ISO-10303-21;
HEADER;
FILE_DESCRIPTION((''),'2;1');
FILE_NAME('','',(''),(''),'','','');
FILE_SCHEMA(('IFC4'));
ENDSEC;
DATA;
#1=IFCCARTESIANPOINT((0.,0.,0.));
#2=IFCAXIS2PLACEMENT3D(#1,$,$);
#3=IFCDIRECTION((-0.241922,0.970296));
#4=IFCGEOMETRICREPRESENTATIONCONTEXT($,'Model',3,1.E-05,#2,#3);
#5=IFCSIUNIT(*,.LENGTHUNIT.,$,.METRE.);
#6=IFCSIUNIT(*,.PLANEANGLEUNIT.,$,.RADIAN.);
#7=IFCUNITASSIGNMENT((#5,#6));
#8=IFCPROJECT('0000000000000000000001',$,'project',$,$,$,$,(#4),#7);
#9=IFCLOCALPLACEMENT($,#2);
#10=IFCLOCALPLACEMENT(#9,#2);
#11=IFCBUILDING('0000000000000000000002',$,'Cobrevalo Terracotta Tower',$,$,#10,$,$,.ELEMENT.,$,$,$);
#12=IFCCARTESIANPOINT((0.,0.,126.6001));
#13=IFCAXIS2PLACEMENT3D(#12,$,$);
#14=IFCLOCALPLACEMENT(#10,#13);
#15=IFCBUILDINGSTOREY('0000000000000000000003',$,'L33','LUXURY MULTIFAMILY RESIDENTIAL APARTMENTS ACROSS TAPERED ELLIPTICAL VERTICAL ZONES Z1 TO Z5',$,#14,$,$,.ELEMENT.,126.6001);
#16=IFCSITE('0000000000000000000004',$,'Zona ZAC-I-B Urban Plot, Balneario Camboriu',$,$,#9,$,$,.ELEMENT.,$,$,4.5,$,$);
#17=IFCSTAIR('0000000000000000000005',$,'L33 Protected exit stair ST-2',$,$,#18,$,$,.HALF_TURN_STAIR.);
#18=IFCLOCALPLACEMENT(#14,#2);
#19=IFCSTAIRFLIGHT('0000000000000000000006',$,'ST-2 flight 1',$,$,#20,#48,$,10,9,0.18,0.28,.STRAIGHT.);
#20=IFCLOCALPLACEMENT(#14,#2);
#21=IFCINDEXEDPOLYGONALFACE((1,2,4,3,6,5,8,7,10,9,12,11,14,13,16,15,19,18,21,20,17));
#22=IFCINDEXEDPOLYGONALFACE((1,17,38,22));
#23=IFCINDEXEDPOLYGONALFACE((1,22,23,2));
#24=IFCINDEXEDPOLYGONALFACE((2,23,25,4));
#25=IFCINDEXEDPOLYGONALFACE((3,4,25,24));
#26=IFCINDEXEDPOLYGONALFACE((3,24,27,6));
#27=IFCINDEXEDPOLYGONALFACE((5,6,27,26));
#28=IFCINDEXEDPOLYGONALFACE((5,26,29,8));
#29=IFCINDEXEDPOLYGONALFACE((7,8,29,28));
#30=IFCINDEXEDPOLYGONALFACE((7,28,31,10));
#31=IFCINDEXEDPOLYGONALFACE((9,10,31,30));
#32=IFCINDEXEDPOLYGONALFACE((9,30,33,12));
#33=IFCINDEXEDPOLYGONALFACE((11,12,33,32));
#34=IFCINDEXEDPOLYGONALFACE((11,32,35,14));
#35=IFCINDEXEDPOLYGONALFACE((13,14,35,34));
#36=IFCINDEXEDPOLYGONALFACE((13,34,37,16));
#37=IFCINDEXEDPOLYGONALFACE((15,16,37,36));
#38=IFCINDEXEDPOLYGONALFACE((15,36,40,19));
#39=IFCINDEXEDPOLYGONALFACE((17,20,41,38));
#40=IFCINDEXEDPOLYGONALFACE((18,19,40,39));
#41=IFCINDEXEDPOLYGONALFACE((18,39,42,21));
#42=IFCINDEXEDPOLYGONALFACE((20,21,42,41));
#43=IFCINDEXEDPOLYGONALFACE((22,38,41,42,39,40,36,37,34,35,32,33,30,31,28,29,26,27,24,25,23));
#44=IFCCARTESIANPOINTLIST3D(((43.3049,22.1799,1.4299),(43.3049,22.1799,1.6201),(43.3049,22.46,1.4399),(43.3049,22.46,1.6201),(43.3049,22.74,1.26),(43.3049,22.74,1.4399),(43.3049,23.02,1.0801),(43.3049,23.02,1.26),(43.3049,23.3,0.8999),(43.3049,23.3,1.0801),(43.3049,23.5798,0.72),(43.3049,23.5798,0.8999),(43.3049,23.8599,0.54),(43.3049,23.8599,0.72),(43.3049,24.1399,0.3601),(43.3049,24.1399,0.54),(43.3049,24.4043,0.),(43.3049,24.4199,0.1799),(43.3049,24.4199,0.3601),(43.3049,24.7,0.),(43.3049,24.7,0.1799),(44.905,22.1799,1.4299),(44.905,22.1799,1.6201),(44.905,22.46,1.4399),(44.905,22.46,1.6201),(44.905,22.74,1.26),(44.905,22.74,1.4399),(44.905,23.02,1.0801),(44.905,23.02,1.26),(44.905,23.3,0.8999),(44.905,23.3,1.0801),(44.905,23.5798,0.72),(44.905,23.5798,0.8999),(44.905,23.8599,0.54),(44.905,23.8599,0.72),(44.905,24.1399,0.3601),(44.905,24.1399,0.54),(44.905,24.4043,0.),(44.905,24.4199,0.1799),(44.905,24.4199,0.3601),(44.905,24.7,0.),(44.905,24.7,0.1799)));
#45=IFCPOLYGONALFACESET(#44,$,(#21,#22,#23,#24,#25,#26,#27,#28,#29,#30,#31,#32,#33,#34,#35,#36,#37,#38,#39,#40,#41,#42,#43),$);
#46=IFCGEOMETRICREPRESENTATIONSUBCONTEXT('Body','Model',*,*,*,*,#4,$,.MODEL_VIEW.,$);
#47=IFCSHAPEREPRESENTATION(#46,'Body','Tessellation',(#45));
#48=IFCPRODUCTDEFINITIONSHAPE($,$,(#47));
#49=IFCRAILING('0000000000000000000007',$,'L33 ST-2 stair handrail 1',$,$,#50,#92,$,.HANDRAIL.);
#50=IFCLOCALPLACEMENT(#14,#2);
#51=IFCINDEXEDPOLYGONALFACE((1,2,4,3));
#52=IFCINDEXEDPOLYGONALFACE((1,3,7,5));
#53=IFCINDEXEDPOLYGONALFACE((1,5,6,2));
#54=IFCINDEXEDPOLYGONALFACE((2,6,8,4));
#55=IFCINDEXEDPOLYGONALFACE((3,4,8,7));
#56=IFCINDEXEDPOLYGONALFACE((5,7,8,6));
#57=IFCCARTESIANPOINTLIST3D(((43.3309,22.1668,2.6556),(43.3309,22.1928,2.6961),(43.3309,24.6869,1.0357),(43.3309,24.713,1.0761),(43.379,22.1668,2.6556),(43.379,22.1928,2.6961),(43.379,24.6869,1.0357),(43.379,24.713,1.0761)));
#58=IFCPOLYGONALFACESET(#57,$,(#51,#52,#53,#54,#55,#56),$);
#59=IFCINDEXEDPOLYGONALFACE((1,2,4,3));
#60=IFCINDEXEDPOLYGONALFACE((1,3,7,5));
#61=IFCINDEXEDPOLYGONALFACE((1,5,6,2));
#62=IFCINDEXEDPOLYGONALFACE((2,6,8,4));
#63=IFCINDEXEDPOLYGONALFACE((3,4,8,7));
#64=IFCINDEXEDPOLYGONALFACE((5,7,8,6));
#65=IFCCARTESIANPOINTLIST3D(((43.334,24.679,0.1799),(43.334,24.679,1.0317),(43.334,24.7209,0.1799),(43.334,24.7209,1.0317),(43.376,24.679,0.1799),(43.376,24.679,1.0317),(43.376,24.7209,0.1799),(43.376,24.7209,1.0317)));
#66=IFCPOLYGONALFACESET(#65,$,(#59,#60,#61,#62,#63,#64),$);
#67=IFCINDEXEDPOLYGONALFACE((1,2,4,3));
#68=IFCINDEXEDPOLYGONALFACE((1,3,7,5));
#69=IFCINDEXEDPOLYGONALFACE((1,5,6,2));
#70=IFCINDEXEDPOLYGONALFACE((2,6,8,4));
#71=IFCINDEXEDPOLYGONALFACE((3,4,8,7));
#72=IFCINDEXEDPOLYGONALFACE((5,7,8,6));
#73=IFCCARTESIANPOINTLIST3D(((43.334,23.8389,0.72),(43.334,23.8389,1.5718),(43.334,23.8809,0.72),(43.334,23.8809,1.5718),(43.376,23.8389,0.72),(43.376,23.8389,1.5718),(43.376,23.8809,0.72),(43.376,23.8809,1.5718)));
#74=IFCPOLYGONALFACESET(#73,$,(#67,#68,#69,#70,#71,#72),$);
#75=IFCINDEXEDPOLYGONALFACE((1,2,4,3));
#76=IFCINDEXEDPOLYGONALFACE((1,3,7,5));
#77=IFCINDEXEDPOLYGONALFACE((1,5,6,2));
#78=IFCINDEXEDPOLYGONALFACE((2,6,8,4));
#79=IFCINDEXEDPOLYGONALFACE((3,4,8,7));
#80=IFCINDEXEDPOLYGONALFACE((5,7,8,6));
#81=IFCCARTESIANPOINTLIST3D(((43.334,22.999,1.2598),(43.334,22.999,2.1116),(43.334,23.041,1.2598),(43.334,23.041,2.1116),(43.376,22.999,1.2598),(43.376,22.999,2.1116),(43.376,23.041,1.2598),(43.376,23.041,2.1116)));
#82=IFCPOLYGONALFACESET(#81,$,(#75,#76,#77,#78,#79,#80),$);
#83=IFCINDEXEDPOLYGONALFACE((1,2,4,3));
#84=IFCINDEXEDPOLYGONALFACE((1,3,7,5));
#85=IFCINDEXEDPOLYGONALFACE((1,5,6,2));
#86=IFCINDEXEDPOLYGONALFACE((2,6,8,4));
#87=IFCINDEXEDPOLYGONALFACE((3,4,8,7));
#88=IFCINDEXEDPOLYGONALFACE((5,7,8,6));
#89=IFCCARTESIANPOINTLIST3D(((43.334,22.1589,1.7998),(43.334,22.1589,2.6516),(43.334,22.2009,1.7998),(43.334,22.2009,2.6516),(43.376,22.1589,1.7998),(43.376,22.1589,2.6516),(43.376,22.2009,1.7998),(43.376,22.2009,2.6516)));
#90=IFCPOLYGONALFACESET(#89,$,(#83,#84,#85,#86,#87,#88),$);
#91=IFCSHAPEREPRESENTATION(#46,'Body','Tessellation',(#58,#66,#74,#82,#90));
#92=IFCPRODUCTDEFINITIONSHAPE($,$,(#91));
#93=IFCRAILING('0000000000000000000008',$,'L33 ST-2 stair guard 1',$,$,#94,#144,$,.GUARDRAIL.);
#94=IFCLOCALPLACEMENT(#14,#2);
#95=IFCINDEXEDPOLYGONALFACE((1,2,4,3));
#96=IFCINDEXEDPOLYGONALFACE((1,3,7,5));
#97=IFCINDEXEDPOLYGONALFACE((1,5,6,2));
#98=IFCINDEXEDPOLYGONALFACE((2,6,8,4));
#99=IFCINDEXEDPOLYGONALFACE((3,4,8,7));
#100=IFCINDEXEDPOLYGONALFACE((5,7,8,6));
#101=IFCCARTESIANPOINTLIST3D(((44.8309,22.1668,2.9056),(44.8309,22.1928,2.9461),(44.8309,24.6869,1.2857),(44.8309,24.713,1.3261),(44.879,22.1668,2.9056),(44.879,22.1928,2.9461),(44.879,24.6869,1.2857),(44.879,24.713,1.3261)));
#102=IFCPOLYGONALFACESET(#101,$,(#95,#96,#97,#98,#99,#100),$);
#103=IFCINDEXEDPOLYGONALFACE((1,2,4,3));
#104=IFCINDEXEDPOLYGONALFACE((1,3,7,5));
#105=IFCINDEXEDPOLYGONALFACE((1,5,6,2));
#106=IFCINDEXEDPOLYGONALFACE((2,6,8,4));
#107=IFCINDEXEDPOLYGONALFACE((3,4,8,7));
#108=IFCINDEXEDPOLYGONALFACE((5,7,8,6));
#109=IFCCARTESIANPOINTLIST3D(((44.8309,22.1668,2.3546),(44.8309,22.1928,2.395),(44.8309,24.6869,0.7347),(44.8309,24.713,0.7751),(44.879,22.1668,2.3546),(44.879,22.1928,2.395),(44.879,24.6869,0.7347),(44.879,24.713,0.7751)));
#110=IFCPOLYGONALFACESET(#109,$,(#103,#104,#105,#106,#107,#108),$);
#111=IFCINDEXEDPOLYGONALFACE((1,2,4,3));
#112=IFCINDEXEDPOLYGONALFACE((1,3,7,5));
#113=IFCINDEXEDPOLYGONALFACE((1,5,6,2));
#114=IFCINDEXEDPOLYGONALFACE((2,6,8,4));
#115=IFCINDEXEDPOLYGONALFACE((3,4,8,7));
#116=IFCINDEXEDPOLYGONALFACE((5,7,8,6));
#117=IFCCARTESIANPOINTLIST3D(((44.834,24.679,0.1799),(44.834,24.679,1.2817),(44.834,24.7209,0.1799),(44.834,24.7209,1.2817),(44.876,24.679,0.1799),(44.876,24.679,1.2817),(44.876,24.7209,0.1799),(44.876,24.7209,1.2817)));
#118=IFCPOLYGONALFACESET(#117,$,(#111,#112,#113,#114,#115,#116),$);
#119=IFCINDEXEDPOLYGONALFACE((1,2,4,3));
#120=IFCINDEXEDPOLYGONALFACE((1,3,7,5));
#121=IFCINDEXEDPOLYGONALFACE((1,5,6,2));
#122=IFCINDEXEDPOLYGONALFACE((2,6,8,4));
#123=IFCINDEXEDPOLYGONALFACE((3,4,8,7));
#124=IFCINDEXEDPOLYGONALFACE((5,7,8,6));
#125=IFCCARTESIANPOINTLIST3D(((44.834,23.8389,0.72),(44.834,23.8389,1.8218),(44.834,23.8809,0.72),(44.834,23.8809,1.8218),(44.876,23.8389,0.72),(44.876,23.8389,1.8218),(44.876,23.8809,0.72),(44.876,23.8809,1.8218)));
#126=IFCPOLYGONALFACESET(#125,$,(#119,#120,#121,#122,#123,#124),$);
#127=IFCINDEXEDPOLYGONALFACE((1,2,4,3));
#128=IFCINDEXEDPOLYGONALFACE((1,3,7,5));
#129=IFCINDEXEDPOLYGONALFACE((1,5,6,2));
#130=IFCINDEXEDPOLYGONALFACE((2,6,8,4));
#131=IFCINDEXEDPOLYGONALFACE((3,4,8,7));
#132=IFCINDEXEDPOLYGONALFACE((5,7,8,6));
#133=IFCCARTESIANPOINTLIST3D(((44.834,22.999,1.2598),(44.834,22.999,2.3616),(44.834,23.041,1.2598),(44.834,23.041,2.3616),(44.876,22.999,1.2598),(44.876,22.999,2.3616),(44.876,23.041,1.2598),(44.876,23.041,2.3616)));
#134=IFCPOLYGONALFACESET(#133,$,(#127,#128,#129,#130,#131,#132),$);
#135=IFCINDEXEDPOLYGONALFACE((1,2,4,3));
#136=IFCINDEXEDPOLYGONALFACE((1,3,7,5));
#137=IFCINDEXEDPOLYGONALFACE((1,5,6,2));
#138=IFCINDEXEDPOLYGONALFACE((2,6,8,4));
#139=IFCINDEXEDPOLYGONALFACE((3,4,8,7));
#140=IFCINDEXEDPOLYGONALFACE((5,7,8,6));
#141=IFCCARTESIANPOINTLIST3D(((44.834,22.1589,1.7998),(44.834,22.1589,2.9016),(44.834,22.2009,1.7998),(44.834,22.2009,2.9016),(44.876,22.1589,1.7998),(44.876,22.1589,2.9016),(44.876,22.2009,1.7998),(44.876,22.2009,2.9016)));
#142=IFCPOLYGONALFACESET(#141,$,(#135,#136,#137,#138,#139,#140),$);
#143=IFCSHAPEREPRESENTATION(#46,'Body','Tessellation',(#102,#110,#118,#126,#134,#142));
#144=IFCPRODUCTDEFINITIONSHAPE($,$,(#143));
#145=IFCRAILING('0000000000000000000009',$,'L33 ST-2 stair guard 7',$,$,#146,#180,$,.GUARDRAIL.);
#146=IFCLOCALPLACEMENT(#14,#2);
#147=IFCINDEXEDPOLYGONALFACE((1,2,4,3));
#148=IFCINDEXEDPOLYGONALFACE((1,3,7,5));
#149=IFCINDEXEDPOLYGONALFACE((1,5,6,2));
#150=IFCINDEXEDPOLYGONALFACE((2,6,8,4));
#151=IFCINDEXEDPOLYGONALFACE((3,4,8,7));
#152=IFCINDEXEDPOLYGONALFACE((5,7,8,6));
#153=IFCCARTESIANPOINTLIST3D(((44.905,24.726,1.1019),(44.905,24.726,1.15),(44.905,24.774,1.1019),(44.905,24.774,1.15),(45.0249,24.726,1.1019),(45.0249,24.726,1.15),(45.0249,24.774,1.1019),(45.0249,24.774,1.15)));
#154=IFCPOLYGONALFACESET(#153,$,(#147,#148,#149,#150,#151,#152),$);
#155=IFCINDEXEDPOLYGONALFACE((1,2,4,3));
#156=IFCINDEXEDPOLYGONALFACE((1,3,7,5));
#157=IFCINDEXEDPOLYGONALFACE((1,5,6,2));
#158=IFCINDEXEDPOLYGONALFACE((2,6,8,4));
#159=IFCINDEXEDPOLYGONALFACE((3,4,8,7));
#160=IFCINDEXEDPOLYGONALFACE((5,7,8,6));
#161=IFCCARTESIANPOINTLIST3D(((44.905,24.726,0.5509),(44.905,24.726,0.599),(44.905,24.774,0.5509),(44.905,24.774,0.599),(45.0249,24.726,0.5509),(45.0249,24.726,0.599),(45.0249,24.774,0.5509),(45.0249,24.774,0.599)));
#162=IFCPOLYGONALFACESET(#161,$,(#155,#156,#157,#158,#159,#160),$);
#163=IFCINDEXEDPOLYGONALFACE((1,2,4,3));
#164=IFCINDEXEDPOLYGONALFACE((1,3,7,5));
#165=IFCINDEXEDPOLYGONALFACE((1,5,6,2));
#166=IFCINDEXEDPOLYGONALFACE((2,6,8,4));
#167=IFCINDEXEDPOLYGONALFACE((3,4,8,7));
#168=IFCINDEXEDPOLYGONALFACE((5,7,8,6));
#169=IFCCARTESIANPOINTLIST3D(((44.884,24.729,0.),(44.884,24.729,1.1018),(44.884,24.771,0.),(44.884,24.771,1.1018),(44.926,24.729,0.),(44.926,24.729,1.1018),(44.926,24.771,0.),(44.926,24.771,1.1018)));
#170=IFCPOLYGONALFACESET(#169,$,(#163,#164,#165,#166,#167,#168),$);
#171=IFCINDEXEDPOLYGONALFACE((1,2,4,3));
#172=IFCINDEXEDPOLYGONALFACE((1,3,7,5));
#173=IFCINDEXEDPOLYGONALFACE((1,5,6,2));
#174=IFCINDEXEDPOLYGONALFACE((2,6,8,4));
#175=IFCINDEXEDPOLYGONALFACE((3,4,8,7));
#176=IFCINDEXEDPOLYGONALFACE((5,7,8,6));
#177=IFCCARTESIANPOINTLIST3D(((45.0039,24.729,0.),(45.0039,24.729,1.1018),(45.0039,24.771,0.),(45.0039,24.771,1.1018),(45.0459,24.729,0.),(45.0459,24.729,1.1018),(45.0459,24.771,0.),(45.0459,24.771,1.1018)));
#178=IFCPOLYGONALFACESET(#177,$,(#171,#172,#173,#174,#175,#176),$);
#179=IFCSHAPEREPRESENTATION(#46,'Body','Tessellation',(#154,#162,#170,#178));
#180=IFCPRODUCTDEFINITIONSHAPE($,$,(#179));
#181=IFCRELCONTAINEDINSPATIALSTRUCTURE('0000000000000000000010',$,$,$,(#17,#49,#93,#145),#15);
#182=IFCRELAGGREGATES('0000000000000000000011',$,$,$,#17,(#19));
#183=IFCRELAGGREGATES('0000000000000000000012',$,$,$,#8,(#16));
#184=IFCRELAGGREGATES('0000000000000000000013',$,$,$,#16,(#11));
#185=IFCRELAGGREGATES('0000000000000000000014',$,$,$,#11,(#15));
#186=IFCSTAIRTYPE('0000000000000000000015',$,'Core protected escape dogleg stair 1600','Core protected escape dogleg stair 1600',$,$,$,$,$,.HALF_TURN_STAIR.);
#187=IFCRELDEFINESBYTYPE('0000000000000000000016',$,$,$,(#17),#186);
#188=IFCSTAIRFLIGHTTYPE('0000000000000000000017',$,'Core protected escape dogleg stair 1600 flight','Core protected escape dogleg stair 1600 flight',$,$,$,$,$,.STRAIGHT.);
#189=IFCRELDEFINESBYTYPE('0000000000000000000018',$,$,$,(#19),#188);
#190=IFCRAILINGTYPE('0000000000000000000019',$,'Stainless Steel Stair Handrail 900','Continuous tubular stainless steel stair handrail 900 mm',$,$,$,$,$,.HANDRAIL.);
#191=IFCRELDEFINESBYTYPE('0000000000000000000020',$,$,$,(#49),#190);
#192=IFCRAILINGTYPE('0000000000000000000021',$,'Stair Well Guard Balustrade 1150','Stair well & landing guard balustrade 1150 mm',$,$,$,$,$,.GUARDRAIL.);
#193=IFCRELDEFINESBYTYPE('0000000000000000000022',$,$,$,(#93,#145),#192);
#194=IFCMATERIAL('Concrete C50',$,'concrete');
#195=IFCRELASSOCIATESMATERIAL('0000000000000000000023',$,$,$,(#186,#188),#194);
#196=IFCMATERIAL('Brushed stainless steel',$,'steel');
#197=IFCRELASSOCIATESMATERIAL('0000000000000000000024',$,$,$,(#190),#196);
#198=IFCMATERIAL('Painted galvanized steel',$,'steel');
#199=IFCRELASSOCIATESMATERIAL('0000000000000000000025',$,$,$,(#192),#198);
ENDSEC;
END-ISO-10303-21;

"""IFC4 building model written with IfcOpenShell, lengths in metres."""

from ifc_helpers import new_model, si_unit, direction, frame, origin, origin_2d, place, context, subcontext, project, spatial, polyline, rectangle, outline, extrude, material, type_object, element, aggregate, save


model = new_model("IFC4")

# Units and contexts
model_context = context("Model", 3, precision=1e-05, world=origin(), true_north=direction((-0.241922, 0.970296)))
body_context = subcontext(model_context, "Body", "Model", "MODEL_VIEW")
ifc_project = project(units=[si_unit("LENGTHUNIT", "METRE"), si_unit("PLANEANGLEUNIT", "RADIAN")], contexts=[model_context])

# Site, building, storey
site_placement = place(None, origin())
site = spatial("IfcSite", under=ifc_project, at=site_placement, Name="Zona ZAC-I-B Urban Plot, Balneario Camboriu", CompositionType="ELEMENT", RefElevation=4.5)
building_placement = place(site_placement, origin())
building = spatial("IfcBuilding", under=site, at=building_placement, Name="Cobrevalo Terracotta Tower", CompositionType="ELEMENT")
storey_placement = place(building_placement, frame((0.0, 0.0, 126.6001)))
storey = spatial("IfcBuildingStorey", under=building, at=storey_placement, Name="L33", Description="LUXURY MULTIFAMILY RESIDENTIAL APARTMENTS ACROSS TAPERED ELLIPTICAL VERTICAL ZONES Z1 TO Z5", CompositionType="ELEMENT", Elevation=126.6001)

# Shared definitions
ifc_material_1 = material(Name="Brushed stainless steel", Category="steel")

# Shared definitions
ifc_material_2 = material(Name="Concrete C50", Category="concrete")

# Stair, stair flight
stair_type = type_object("IfcStairType", Name="Core protected escape dogleg stair 1600", Description="Core protected escape dogleg stair 1600", PredefinedType="HALF_TURN_STAIR", material=ifc_material_2)
stair_placement = place(storey_placement, origin())
stair = element("IfcStair", 1, at=stair_placement, inside=storey, type_object=stair_type, Name="L33 Protected exit stair ST-2", PredefinedType="HALF_TURN_STAIR")
stair_flight_type = type_object("IfcStairFlightType", Name="Core protected escape dogleg stair 1600 flight", Description="Core protected escape dogleg stair 1600 flight", PredefinedType="STRAIGHT", material=ifc_material_2)
stair_flight_placement = place(storey_placement, frame((44.105, 24.7, 0.0), z_axis=(0.0, 0.0, 1.0), x_axis=(0.0, -1.0, 0.0)))
stair_flight = element("IfcStairFlight", 2, at=stair_flight_placement, type_object=stair_flight_type, Name="ST-2 flight 1", NumberOfRisers=10, NumberOfTreads=9, PredefinedType="STRAIGHT", RiserHeight=0.18, TreadLength=0.28, context=body_context, shape_type="SweptSolid", body=[
    extrude(outline(polyline([(0.0, 0.0), (0.0, 0.1799), (0.28, 0.1799), (0.28, 0.3601), (0.5601, 0.3601), (0.5601, 0.54), (0.8401, 0.54), (0.8401, 0.72), (1.1201, 0.72), (1.1201, 0.8999), (1.3999, 0.8999), (1.3999, 1.0801), (1.6799, 1.0801), (1.6799, 1.26), (1.96, 1.26), (1.96, 1.4399), (2.24, 1.4399), (2.24, 1.6201), (2.52, 1.6201), (2.52, 1.8), (2.52, 1.4299), (0.2957, 0.0), (0.0, 0.0)])), frame((0.0, 0.8, 0.0), z_axis=(0.0, -1.0, 0.0), x_axis=(1.0, 0.0, 0.0)), (0.0, 0.0, 1.0), 1.6001),
])
aggregate(stair, [stair_flight])

# Railings
railing_type_1 = type_object("IfcRailingType", Name="Stainless Steel Stair Handrail 900", Description="Continuous tubular stainless steel stair handrail 900 mm", PredefinedType="HANDRAIL", material=ifc_material_1)
railing_1_placement = place(storey_placement, frame((43.355, 24.7, 0.1799)))
element("IfcRailing", 3, at=railing_1_placement, inside=storey, type_object=railing_type_1, Name="L33 ST-2 stair handrail 1", PredefinedType="HANDRAIL", context=body_context, shape_type="SweptSolid", body=[
    extrude(rectangle(XDim=0.0481, YDim=0.0481, at=origin_2d()), frame((0.0, 0.0, 0.876), z_axis=(0.0, -0.8412, 0.540725), x_axis=(1.0, 0.0, 0.0)), (0.0, 0.0, 1.0), 2.9958),
    extrude(rectangle(XDim=0.042, YDim=0.042, at=origin_2d()), origin(), (0.0, 0.0, 1.0), 0.8518),
    extrude(rectangle(XDim=0.042, YDim=0.042, at=origin_2d()), frame((0.0, -0.8401, 0.54)), (0.0, 0.0, 1.0), 0.8518),
    extrude(rectangle(XDim=0.042, YDim=0.042, at=origin_2d()), frame((0.0, -1.6799, 1.0798)), (0.0, 0.0, 1.0), 0.8518),
    extrude(rectangle(XDim=0.042, YDim=0.042, at=origin_2d()), frame((0.0, -2.52, 1.6199)), (0.0, 0.0, 1.0), 0.8518),
])
ifc_material_3 = material(Name="Painted galvanized steel", Category="steel")
railing_type_2 = type_object("IfcRailingType", Name="Stair Well Guard Balustrade 1150", Description="Stair well & landing guard balustrade 1150 mm", PredefinedType="GUARDRAIL", material=ifc_material_3)
railing_2_placement = place(storey_placement, frame((44.855, 24.7, 0.1799)))
element("IfcRailing", 4, at=railing_2_placement, inside=storey, type_object=railing_type_2, Name="L33 ST-2 stair guard 1", PredefinedType="GUARDRAIL", context=body_context, shape_type="SweptSolid", body=[
    extrude(rectangle(XDim=0.0481, YDim=0.0481, at=origin_2d()), frame((0.0, 0.0, 1.126), z_axis=(0.0, -0.8412, 0.540725), x_axis=(1.0, 0.0, 0.0)), (0.0, 0.0, 1.0), 2.9958),
    extrude(rectangle(XDim=0.0481, YDim=0.0481, at=origin_2d()), frame((0.0, 0.0, 0.575), z_axis=(0.0, -0.8412, 0.540725), x_axis=(1.0, 0.0, 0.0)), (0.0, 0.0, 1.0), 2.9958),
    extrude(rectangle(XDim=0.042, YDim=0.042, at=origin_2d()), origin(), (0.0, 0.0, 1.0), 1.1018),
    extrude(rectangle(XDim=0.042, YDim=0.042, at=origin_2d()), frame((0.0, -0.8401, 0.54)), (0.0, 0.0, 1.0), 1.1018),
    extrude(rectangle(XDim=0.042, YDim=0.042, at=origin_2d()), frame((0.0, -1.6799, 1.0798)), (0.0, 0.0, 1.0), 1.1018),
    extrude(rectangle(XDim=0.042, YDim=0.042, at=origin_2d()), frame((0.0, -2.52, 1.6199)), (0.0, 0.0, 1.0), 1.1018),
])
railing_3_placement = place(storey_placement, frame((44.905, 24.75, 0.0)))
element("IfcRailing", 5, at=railing_3_placement, inside=storey, type_object=railing_type_2, Name="L33 ST-2 stair guard 7", PredefinedType="GUARDRAIL", context=body_context, shape_type="SweptSolid", body=[
    extrude(rectangle(XDim=0.0481, YDim=0.0481, at=origin_2d()), frame((0.0, 0.0, 1.126), z_axis=(1.0, 0.0, 0.0), x_axis=(0.0, 1.0, 0.0)), (0.0, 0.0, 1.0), 0.1199),
    extrude(rectangle(XDim=0.0481, YDim=0.0481, at=origin_2d()), frame((0.0, 0.0, 0.575), z_axis=(1.0, 0.0, 0.0), x_axis=(0.0, 1.0, 0.0)), (0.0, 0.0, 1.0), 0.1199),
    extrude(rectangle(XDim=0.042, YDim=0.042, at=origin_2d()), origin(), (0.0, 0.0, 1.0), 1.1018),
    extrude(rectangle(XDim=0.042, YDim=0.042, at=origin_2d()), frame((0.1199, 0.0, 0.0)), (0.0, 0.0, 1.0), 1.1018),
])

save(model, "model.ifc")
